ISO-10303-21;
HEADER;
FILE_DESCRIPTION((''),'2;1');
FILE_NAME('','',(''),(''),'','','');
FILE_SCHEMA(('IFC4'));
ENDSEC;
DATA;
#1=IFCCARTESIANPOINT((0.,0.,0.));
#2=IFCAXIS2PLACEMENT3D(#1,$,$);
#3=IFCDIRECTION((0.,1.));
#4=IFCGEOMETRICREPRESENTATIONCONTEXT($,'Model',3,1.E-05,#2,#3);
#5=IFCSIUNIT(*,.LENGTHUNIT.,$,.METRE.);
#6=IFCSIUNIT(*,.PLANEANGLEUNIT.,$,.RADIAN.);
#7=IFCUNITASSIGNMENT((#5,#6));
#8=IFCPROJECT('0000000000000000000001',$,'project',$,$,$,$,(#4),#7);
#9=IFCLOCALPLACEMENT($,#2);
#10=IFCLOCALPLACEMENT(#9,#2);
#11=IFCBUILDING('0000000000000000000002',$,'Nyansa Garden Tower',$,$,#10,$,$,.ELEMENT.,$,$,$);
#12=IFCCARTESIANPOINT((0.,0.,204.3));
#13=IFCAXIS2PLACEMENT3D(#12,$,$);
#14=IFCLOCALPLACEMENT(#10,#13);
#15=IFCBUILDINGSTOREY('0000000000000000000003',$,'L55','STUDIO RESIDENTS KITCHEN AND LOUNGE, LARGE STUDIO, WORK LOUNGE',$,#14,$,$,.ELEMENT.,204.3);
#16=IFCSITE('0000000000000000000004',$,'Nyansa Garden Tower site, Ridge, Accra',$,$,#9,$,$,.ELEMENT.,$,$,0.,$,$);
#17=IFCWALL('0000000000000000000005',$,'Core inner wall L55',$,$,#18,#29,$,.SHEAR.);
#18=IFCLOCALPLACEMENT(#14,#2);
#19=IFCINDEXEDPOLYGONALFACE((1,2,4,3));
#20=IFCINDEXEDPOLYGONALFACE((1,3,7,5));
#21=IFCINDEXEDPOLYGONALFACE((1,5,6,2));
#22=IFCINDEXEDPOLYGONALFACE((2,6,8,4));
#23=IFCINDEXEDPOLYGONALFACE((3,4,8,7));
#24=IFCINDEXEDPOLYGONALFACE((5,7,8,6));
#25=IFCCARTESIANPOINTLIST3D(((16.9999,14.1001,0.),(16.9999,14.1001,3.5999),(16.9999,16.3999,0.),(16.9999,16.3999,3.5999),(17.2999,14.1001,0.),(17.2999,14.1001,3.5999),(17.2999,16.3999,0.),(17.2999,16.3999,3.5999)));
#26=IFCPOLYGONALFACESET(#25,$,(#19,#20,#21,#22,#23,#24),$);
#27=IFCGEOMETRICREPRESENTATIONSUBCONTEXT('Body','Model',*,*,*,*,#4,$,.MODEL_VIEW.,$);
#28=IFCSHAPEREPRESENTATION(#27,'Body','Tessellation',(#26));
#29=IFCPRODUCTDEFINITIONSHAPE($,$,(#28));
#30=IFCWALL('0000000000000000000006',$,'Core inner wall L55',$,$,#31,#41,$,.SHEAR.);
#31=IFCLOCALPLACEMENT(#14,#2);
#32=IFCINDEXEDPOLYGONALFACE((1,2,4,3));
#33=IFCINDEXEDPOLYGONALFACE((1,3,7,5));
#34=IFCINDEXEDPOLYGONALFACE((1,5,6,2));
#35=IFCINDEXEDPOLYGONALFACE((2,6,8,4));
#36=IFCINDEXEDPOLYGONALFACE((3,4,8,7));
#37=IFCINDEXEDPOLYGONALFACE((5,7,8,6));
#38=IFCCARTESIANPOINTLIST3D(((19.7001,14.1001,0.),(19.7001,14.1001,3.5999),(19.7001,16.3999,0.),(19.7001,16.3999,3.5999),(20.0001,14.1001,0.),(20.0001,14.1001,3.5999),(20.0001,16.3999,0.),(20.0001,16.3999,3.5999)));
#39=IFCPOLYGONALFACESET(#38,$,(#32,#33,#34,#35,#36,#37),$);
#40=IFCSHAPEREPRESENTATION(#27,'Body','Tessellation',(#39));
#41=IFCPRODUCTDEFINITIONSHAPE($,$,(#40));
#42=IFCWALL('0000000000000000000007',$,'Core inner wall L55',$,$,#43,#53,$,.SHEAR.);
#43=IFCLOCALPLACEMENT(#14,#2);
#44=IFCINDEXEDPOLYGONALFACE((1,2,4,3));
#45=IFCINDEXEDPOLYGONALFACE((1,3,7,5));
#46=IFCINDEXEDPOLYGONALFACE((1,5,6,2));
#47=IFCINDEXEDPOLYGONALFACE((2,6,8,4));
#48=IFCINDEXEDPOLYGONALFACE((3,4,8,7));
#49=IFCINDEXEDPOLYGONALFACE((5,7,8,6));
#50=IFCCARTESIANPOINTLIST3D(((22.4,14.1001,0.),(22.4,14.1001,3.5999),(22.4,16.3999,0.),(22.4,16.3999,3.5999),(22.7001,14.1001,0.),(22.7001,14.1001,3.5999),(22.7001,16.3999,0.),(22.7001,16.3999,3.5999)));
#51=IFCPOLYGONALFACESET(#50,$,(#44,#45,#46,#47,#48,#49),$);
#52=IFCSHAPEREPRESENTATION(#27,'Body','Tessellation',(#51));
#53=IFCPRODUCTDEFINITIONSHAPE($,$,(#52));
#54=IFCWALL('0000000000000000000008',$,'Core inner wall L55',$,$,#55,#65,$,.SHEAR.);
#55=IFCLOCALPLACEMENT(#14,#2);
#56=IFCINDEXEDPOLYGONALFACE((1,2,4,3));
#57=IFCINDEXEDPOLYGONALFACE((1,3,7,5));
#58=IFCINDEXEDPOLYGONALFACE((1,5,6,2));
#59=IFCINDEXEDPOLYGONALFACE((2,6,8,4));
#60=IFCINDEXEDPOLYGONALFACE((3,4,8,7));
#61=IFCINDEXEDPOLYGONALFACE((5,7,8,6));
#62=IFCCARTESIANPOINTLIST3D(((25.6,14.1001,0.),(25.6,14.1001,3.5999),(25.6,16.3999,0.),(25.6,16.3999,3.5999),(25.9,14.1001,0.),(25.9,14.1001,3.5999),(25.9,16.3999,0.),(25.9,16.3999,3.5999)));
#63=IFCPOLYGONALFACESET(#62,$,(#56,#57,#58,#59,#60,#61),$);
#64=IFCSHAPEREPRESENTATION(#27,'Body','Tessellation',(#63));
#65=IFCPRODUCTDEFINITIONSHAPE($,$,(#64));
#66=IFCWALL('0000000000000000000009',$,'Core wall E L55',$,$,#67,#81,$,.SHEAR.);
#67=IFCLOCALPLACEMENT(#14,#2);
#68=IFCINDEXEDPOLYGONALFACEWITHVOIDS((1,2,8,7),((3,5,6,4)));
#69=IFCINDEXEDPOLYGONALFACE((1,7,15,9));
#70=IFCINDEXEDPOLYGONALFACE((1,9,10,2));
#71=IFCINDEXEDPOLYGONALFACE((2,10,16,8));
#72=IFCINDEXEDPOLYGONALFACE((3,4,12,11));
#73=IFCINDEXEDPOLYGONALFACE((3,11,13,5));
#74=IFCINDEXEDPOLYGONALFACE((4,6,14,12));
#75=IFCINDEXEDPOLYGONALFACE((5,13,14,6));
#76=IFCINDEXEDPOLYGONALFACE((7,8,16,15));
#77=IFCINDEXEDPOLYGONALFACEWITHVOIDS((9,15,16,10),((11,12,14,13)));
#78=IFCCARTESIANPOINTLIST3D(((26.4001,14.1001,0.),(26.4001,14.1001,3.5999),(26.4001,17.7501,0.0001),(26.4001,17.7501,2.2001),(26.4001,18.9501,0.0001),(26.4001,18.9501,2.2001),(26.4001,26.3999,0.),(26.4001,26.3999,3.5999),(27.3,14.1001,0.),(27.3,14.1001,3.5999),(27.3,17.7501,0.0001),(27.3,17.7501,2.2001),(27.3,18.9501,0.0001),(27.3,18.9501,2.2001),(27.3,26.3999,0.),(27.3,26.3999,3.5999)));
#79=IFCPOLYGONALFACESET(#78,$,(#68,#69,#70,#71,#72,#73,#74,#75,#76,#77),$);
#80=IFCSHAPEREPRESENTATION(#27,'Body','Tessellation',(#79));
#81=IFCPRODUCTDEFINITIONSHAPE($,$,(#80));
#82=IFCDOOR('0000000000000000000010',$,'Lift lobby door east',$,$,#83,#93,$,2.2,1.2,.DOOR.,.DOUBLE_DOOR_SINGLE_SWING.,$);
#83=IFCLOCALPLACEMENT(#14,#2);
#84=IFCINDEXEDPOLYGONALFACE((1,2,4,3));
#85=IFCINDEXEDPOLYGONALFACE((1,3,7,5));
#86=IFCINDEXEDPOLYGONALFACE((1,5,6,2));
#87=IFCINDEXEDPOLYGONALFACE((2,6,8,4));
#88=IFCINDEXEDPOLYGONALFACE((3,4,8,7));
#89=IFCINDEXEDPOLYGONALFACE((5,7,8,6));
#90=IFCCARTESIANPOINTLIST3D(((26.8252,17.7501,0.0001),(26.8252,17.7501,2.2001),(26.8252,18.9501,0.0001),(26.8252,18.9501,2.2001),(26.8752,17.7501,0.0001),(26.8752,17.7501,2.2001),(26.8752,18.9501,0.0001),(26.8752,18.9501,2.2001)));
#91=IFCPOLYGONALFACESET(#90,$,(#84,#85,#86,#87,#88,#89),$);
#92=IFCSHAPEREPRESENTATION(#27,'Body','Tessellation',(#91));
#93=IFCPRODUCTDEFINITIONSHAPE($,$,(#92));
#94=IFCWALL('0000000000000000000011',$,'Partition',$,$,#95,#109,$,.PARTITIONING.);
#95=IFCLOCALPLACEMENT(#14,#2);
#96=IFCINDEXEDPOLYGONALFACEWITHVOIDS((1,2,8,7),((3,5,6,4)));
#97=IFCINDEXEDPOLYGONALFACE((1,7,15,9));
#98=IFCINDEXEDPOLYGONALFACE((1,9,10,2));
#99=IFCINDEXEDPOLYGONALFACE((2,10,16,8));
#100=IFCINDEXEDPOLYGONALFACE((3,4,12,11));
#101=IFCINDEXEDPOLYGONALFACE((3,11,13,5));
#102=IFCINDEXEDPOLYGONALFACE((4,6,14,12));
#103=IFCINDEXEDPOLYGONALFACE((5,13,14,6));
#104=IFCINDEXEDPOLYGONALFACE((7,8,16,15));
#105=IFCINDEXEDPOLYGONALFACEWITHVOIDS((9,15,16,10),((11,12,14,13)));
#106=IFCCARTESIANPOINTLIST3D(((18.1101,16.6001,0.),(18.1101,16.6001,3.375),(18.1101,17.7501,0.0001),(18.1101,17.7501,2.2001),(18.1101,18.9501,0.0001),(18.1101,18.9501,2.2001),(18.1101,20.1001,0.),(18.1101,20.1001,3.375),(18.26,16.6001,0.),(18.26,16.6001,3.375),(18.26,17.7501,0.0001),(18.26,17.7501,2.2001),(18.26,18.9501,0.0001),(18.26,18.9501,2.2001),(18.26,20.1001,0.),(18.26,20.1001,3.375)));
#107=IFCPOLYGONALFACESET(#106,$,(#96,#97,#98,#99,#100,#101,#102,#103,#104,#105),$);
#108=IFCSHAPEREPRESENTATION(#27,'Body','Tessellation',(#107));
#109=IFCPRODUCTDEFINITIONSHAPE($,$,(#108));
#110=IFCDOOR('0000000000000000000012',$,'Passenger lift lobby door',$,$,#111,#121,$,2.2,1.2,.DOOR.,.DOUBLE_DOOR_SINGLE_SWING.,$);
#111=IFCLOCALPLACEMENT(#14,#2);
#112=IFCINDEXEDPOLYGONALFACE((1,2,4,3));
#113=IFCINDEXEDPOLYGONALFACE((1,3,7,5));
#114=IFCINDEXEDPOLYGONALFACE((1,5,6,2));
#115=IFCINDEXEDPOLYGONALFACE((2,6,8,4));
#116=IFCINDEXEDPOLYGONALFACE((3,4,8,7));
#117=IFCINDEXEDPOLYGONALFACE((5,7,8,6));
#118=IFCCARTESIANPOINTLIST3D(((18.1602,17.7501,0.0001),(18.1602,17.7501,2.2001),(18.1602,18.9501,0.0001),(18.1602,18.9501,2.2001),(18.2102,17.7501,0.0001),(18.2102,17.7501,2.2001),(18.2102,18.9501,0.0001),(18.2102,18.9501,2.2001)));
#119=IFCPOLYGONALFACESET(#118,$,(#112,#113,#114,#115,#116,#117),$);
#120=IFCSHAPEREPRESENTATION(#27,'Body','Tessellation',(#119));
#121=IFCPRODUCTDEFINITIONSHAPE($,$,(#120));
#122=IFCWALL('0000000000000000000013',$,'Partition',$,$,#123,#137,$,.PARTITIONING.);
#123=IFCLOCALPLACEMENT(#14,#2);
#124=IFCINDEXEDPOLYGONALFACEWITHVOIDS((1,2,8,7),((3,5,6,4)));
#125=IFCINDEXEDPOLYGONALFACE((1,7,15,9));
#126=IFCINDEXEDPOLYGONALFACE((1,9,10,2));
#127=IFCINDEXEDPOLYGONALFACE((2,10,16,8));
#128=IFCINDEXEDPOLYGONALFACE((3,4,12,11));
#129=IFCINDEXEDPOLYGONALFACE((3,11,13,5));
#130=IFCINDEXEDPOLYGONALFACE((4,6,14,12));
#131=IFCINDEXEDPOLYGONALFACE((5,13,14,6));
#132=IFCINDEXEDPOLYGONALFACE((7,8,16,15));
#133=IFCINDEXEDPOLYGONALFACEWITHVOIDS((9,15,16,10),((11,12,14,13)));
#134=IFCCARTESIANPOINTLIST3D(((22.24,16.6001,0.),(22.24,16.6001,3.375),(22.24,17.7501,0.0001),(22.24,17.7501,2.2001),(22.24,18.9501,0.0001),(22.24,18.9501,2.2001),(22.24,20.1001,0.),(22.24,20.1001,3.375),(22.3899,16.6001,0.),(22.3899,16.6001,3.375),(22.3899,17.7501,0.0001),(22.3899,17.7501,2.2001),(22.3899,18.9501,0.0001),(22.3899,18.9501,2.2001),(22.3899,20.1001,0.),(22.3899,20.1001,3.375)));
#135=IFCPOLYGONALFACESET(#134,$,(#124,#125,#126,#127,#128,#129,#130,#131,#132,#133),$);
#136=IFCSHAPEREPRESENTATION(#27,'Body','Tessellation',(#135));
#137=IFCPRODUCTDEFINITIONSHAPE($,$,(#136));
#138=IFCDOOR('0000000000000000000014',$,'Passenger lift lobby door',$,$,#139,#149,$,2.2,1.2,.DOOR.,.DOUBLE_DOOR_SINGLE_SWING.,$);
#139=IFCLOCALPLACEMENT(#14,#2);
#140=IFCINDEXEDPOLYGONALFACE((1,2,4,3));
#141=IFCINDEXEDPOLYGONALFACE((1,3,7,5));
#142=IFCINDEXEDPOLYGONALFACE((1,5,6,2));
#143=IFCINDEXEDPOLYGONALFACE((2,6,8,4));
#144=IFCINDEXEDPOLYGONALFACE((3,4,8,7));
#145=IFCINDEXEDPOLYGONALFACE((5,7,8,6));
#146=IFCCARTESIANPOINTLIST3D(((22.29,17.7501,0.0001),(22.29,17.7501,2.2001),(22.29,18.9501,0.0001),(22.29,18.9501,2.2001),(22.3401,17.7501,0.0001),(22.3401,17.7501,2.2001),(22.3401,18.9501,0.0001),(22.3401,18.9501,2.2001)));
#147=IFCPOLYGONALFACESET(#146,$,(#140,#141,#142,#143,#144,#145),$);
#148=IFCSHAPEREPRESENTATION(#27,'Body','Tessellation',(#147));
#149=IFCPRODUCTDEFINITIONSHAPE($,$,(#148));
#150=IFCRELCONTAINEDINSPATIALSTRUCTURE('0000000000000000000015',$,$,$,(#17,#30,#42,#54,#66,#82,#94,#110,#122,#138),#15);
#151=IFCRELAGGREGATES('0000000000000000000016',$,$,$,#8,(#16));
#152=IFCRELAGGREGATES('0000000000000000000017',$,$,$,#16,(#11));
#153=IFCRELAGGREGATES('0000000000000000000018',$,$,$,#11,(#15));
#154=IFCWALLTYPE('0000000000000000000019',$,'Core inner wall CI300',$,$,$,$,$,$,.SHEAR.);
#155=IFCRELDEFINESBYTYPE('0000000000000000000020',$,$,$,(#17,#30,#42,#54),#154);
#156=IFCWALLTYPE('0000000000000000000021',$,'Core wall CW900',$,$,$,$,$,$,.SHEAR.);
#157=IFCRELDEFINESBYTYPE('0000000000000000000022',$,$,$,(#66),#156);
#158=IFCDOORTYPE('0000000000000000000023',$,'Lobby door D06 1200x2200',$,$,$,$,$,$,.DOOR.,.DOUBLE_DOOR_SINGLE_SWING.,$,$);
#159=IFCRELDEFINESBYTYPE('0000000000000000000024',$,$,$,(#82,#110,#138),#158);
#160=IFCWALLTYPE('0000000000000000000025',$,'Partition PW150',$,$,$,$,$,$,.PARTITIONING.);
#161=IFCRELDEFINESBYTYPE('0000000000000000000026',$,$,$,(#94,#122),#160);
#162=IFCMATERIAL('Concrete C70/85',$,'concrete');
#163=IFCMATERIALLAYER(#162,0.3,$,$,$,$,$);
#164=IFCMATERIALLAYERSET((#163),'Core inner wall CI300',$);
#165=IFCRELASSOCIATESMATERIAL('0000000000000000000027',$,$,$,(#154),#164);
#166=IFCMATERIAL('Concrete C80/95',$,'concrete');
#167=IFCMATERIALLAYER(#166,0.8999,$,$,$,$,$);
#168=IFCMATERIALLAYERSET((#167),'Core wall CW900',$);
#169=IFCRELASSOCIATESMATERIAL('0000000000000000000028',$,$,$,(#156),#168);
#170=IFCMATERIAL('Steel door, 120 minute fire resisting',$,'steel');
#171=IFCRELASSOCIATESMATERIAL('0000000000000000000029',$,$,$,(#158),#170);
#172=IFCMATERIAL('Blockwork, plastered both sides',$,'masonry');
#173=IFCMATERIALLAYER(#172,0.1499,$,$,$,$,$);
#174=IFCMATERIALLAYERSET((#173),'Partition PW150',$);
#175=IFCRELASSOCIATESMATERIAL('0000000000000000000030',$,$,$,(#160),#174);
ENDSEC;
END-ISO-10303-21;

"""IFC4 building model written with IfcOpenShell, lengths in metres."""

from ifc_helpers import new_model, si_unit, direction, frame, frame_2d, origin, place, context, subcontext, project, spatial, rectangle, extrude, material, layer, layer_set, type_object, element, fill, save


model = new_model("IFC4")

# Units and contexts
model_context = context("Model", 3, precision=1e-05, world=origin(), true_north=direction((0.0, 1.0)))
body_context = subcontext(model_context, "Body", "Model", "MODEL_VIEW")
ifc_project = project(units=[si_unit("LENGTHUNIT", "METRE"), si_unit("PLANEANGLEUNIT", "RADIAN")], contexts=[model_context])

# Site, building, storey
site_placement = place(None, origin())
site = spatial("IfcSite", under=ifc_project, at=site_placement, Name="Nyansa Garden Tower site, Ridge, Accra", CompositionType="ELEMENT", RefElevation=0.0)
building_placement = place(site_placement, origin())
building = spatial("IfcBuilding", under=site, at=building_placement, Name="Nyansa Garden Tower", CompositionType="ELEMENT")
storey_placement = place(building_placement, frame((0.0, 0.0, 204.3)))
storey = spatial("IfcBuildingStorey", under=building, at=storey_placement, Name="L55", Description="STUDIO RESIDENTS KITCHEN AND LOUNGE, LARGE STUDIO, WORK LOUNGE", CompositionType="ELEMENT", Elevation=204.3)

# Walls
ifc_material_1 = material(Name="Concrete C70/85", Category="concrete")
ifc_layer_1 = layer(ifc_material_1, 0.3)
ifc_layer_set_1 = layer_set([ifc_layer_1], Name="Core inner wall CI300")
wall_type_1 = type_object("IfcWallType", Name="Core inner wall CI300", PredefinedType="SHEAR", material=ifc_layer_set_1)
for number, where, z_axis, x_axis, name in (
    (1, (17.1499, 14.1001, 0.0), (0.0, 0.0, 1.0), (0.0, 1.0, 0.0), "Core inner wall L55"),
    (2, (19.8501, 14.1001, 0.0), (0.0, 0.0, 1.0), (0.0, 1.0, 0.0), "Core inner wall L55"),
    (3, (22.55, 14.1001, 0.0), (0.0, 0.0, 1.0), (0.0, 1.0, 0.0), "Core inner wall L55"),
    (4, (25.75, 14.1001, 0.0), (0.0, 0.0, 1.0), (0.0, 1.0, 0.0), "Core inner wall L55"),
):
    element("IfcWall", number, at=place(storey_placement, frame(where, z_axis=z_axis, x_axis=x_axis)), inside=storey, type_object=wall_type_1, Name=name, PredefinedType="SHEAR", context=body_context, shape_type="SweptSolid", body=[
        extrude(rectangle(XDim=2.2998, YDim=0.3, at=frame_2d((1.1499, 0.0))), origin(), (0.0, 0.0, 1.0), 3.5999),
    ])

# Walls, openings, doors
ifc_material_2 = material(Name="Concrete C80/95", Category="concrete")
ifc_layer_2 = layer(ifc_material_2, 0.8999)
ifc_layer_set_2 = layer_set([ifc_layer_2], Name="Core wall CW900")
wall_type_2 = type_object("IfcWallType", Name="Core wall CW900", PredefinedType="SHEAR", material=ifc_layer_set_2)
wall_1_placement = place(storey_placement, frame((26.8501, 14.1001, 0.0), z_axis=(0.0, 0.0, 1.0), x_axis=(0.0, 1.0, 0.0)))
wall_1 = element("IfcWall", 5, at=wall_1_placement, inside=storey, type_object=wall_type_2, Name="Core wall E L55", PredefinedType="SHEAR", context=body_context, shape_type="SweptSolid", body=[
    extrude(rectangle(XDim=12.2998, YDim=0.8999, at=frame_2d((6.1499, 0.0))), origin(), (0.0, 0.0, 1.0), 3.5999),
])
opening_1_placement = place(wall_1_placement, frame((3.6499, 0.0, 0.0)))
opening_1 = element("IfcOpeningElement", 6, at=opening_1_placement, cuts=wall_1, PredefinedType="OPENING", context=body_context, shape_type="SweptSolid", body=[
    extrude(rectangle(XDim=1.2, YDim=2.2, at=frame_2d((0.6001, 1.1001))), frame((0.0, 0.46, 0.0), z_axis=(0.0, -1.0, 0.0), x_axis=(1.0, 0.0, 0.0)), (0.0, 0.0, 1.0), 0.9199),
])
ifc_material_3 = material(Name="Steel door, 120 minute fire resisting", Category="steel")
door_type = type_object("IfcDoorType", Name="Lobby door D06 1200x2200", OperationType="DOUBLE_DOOR_SINGLE_SWING", PredefinedType="DOOR", material=ifc_material_3)
door_1_placement = place(opening_1_placement, origin())
door_1 = element("IfcDoor", 7, at=door_1_placement, inside=storey, type_object=door_type, Name="Lift lobby door east", OperationType="DOUBLE_DOOR_SINGLE_SWING", OverallHeight=2.2, OverallWidth=1.2, PredefinedType="DOOR", context=body_context, shape_type="SweptSolid", body=[
    extrude(rectangle(XDim=1.2, YDim=2.2, at=frame_2d((0.6001, 1.1001))), frame((0.0, 0.0249, 0.0), z_axis=(0.0, -1.0, 0.0), x_axis=(1.0, 0.0, 0.0)), (0.0, 0.0, 1.0), 0.05),
])
fill(opening_1, door_1)
ifc_material_4 = material(Name="Blockwork, plastered both sides", Category="masonry")
ifc_layer_3 = layer(ifc_material_4, 0.1499)
ifc_layer_set_3 = layer_set([ifc_layer_3], Name="Partition PW150")
wall_type_3 = type_object("IfcWallType", Name="Partition PW150", PredefinedType="PARTITIONING", material=ifc_layer_set_3)
wall_2_placement = place(storey_placement, frame((18.1851, 16.6001, 0.0), z_axis=(0.0, 0.0, 1.0), x_axis=(0.0, 1.0, 0.0)))
wall_2 = element("IfcWall", 8, at=wall_2_placement, inside=storey, type_object=wall_type_3, Name="Partition", PredefinedType="PARTITIONING", context=body_context, shape_type="SweptSolid", body=[
    extrude(rectangle(XDim=3.5, YDim=0.1499, at=frame_2d((1.75, 0.0))), origin(), (0.0, 0.0, 1.0), 3.375),
])
opening_2_placement = place(wall_2_placement, frame((1.1499, 0.0, 0.0)))
opening_2 = element("IfcOpeningElement", 9, at=opening_2_placement, cuts=wall_2, PredefinedType="OPENING", context=body_context, shape_type="SweptSolid", body=[
    extrude(rectangle(XDim=1.2, YDim=2.2, at=frame_2d((0.6001, 1.1001))), frame((0.0, 0.085, 0.0), z_axis=(0.0, -1.0, 0.0), x_axis=(1.0, 0.0, 0.0)), (0.0, 0.0, 1.0), 0.1699),
])
door_2_placement = place(opening_2_placement, origin())
door_2 = element("IfcDoor", 10, at=door_2_placement, inside=storey, type_object=door_type, Name="Passenger lift lobby door", OperationType="DOUBLE_DOOR_SINGLE_SWING", OverallHeight=2.2, OverallWidth=1.2, PredefinedType="DOOR", context=body_context, shape_type="SweptSolid", body=[
    extrude(rectangle(XDim=1.2, YDim=2.2, at=frame_2d((0.6001, 1.1001))), frame((0.0, 0.0249, 0.0), z_axis=(0.0, -1.0, 0.0), x_axis=(1.0, 0.0, 0.0)), (0.0, 0.0, 1.0), 0.05),
])
fill(opening_2, door_2)
wall_3_placement = place(storey_placement, frame((22.3149, 16.6001, 0.0), z_axis=(0.0, 0.0, 1.0), x_axis=(0.0, 1.0, 0.0)))
wall_3 = element("IfcWall", 11, at=wall_3_placement, inside=storey, type_object=wall_type_3, Name="Partition", PredefinedType="PARTITIONING", context=body_context, shape_type="SweptSolid", body=[
    extrude(rectangle(XDim=3.5, YDim=0.1499, at=frame_2d((1.75, 0.0))), origin(), (0.0, 0.0, 1.0), 3.375),
])
opening_3_placement = place(wall_3_placement, frame((1.1499, 0.0, 0.0)))
opening_3 = element("IfcOpeningElement", 12, at=opening_3_placement, cuts=wall_3, PredefinedType="OPENING", context=body_context, shape_type="SweptSolid", body=[
    extrude(rectangle(XDim=1.2, YDim=2.2, at=frame_2d((0.6001, 1.1001))), frame((0.0, 0.085, 0.0), z_axis=(0.0, -1.0, 0.0), x_axis=(1.0, 0.0, 0.0)), (0.0, 0.0, 1.0), 0.1699),
])
door_3_placement = place(opening_3_placement, origin())
door_3 = element("IfcDoor", 13, at=door_3_placement, inside=storey, type_object=door_type, Name="Passenger lift lobby door", OperationType="DOUBLE_DOOR_SINGLE_SWING", OverallHeight=2.2, OverallWidth=1.2, PredefinedType="DOOR", context=body_context, shape_type="SweptSolid", body=[
    extrude(rectangle(XDim=1.2, YDim=2.2, at=frame_2d((0.6001, 1.1001))), frame((0.0, 0.0249, 0.0), z_axis=(0.0, -1.0, 0.0), x_axis=(1.0, 0.0, 0.0)), (0.0, 0.0, 1.0), 0.05),
])
fill(opening_3, door_3)

save(model, "model.ifc")
